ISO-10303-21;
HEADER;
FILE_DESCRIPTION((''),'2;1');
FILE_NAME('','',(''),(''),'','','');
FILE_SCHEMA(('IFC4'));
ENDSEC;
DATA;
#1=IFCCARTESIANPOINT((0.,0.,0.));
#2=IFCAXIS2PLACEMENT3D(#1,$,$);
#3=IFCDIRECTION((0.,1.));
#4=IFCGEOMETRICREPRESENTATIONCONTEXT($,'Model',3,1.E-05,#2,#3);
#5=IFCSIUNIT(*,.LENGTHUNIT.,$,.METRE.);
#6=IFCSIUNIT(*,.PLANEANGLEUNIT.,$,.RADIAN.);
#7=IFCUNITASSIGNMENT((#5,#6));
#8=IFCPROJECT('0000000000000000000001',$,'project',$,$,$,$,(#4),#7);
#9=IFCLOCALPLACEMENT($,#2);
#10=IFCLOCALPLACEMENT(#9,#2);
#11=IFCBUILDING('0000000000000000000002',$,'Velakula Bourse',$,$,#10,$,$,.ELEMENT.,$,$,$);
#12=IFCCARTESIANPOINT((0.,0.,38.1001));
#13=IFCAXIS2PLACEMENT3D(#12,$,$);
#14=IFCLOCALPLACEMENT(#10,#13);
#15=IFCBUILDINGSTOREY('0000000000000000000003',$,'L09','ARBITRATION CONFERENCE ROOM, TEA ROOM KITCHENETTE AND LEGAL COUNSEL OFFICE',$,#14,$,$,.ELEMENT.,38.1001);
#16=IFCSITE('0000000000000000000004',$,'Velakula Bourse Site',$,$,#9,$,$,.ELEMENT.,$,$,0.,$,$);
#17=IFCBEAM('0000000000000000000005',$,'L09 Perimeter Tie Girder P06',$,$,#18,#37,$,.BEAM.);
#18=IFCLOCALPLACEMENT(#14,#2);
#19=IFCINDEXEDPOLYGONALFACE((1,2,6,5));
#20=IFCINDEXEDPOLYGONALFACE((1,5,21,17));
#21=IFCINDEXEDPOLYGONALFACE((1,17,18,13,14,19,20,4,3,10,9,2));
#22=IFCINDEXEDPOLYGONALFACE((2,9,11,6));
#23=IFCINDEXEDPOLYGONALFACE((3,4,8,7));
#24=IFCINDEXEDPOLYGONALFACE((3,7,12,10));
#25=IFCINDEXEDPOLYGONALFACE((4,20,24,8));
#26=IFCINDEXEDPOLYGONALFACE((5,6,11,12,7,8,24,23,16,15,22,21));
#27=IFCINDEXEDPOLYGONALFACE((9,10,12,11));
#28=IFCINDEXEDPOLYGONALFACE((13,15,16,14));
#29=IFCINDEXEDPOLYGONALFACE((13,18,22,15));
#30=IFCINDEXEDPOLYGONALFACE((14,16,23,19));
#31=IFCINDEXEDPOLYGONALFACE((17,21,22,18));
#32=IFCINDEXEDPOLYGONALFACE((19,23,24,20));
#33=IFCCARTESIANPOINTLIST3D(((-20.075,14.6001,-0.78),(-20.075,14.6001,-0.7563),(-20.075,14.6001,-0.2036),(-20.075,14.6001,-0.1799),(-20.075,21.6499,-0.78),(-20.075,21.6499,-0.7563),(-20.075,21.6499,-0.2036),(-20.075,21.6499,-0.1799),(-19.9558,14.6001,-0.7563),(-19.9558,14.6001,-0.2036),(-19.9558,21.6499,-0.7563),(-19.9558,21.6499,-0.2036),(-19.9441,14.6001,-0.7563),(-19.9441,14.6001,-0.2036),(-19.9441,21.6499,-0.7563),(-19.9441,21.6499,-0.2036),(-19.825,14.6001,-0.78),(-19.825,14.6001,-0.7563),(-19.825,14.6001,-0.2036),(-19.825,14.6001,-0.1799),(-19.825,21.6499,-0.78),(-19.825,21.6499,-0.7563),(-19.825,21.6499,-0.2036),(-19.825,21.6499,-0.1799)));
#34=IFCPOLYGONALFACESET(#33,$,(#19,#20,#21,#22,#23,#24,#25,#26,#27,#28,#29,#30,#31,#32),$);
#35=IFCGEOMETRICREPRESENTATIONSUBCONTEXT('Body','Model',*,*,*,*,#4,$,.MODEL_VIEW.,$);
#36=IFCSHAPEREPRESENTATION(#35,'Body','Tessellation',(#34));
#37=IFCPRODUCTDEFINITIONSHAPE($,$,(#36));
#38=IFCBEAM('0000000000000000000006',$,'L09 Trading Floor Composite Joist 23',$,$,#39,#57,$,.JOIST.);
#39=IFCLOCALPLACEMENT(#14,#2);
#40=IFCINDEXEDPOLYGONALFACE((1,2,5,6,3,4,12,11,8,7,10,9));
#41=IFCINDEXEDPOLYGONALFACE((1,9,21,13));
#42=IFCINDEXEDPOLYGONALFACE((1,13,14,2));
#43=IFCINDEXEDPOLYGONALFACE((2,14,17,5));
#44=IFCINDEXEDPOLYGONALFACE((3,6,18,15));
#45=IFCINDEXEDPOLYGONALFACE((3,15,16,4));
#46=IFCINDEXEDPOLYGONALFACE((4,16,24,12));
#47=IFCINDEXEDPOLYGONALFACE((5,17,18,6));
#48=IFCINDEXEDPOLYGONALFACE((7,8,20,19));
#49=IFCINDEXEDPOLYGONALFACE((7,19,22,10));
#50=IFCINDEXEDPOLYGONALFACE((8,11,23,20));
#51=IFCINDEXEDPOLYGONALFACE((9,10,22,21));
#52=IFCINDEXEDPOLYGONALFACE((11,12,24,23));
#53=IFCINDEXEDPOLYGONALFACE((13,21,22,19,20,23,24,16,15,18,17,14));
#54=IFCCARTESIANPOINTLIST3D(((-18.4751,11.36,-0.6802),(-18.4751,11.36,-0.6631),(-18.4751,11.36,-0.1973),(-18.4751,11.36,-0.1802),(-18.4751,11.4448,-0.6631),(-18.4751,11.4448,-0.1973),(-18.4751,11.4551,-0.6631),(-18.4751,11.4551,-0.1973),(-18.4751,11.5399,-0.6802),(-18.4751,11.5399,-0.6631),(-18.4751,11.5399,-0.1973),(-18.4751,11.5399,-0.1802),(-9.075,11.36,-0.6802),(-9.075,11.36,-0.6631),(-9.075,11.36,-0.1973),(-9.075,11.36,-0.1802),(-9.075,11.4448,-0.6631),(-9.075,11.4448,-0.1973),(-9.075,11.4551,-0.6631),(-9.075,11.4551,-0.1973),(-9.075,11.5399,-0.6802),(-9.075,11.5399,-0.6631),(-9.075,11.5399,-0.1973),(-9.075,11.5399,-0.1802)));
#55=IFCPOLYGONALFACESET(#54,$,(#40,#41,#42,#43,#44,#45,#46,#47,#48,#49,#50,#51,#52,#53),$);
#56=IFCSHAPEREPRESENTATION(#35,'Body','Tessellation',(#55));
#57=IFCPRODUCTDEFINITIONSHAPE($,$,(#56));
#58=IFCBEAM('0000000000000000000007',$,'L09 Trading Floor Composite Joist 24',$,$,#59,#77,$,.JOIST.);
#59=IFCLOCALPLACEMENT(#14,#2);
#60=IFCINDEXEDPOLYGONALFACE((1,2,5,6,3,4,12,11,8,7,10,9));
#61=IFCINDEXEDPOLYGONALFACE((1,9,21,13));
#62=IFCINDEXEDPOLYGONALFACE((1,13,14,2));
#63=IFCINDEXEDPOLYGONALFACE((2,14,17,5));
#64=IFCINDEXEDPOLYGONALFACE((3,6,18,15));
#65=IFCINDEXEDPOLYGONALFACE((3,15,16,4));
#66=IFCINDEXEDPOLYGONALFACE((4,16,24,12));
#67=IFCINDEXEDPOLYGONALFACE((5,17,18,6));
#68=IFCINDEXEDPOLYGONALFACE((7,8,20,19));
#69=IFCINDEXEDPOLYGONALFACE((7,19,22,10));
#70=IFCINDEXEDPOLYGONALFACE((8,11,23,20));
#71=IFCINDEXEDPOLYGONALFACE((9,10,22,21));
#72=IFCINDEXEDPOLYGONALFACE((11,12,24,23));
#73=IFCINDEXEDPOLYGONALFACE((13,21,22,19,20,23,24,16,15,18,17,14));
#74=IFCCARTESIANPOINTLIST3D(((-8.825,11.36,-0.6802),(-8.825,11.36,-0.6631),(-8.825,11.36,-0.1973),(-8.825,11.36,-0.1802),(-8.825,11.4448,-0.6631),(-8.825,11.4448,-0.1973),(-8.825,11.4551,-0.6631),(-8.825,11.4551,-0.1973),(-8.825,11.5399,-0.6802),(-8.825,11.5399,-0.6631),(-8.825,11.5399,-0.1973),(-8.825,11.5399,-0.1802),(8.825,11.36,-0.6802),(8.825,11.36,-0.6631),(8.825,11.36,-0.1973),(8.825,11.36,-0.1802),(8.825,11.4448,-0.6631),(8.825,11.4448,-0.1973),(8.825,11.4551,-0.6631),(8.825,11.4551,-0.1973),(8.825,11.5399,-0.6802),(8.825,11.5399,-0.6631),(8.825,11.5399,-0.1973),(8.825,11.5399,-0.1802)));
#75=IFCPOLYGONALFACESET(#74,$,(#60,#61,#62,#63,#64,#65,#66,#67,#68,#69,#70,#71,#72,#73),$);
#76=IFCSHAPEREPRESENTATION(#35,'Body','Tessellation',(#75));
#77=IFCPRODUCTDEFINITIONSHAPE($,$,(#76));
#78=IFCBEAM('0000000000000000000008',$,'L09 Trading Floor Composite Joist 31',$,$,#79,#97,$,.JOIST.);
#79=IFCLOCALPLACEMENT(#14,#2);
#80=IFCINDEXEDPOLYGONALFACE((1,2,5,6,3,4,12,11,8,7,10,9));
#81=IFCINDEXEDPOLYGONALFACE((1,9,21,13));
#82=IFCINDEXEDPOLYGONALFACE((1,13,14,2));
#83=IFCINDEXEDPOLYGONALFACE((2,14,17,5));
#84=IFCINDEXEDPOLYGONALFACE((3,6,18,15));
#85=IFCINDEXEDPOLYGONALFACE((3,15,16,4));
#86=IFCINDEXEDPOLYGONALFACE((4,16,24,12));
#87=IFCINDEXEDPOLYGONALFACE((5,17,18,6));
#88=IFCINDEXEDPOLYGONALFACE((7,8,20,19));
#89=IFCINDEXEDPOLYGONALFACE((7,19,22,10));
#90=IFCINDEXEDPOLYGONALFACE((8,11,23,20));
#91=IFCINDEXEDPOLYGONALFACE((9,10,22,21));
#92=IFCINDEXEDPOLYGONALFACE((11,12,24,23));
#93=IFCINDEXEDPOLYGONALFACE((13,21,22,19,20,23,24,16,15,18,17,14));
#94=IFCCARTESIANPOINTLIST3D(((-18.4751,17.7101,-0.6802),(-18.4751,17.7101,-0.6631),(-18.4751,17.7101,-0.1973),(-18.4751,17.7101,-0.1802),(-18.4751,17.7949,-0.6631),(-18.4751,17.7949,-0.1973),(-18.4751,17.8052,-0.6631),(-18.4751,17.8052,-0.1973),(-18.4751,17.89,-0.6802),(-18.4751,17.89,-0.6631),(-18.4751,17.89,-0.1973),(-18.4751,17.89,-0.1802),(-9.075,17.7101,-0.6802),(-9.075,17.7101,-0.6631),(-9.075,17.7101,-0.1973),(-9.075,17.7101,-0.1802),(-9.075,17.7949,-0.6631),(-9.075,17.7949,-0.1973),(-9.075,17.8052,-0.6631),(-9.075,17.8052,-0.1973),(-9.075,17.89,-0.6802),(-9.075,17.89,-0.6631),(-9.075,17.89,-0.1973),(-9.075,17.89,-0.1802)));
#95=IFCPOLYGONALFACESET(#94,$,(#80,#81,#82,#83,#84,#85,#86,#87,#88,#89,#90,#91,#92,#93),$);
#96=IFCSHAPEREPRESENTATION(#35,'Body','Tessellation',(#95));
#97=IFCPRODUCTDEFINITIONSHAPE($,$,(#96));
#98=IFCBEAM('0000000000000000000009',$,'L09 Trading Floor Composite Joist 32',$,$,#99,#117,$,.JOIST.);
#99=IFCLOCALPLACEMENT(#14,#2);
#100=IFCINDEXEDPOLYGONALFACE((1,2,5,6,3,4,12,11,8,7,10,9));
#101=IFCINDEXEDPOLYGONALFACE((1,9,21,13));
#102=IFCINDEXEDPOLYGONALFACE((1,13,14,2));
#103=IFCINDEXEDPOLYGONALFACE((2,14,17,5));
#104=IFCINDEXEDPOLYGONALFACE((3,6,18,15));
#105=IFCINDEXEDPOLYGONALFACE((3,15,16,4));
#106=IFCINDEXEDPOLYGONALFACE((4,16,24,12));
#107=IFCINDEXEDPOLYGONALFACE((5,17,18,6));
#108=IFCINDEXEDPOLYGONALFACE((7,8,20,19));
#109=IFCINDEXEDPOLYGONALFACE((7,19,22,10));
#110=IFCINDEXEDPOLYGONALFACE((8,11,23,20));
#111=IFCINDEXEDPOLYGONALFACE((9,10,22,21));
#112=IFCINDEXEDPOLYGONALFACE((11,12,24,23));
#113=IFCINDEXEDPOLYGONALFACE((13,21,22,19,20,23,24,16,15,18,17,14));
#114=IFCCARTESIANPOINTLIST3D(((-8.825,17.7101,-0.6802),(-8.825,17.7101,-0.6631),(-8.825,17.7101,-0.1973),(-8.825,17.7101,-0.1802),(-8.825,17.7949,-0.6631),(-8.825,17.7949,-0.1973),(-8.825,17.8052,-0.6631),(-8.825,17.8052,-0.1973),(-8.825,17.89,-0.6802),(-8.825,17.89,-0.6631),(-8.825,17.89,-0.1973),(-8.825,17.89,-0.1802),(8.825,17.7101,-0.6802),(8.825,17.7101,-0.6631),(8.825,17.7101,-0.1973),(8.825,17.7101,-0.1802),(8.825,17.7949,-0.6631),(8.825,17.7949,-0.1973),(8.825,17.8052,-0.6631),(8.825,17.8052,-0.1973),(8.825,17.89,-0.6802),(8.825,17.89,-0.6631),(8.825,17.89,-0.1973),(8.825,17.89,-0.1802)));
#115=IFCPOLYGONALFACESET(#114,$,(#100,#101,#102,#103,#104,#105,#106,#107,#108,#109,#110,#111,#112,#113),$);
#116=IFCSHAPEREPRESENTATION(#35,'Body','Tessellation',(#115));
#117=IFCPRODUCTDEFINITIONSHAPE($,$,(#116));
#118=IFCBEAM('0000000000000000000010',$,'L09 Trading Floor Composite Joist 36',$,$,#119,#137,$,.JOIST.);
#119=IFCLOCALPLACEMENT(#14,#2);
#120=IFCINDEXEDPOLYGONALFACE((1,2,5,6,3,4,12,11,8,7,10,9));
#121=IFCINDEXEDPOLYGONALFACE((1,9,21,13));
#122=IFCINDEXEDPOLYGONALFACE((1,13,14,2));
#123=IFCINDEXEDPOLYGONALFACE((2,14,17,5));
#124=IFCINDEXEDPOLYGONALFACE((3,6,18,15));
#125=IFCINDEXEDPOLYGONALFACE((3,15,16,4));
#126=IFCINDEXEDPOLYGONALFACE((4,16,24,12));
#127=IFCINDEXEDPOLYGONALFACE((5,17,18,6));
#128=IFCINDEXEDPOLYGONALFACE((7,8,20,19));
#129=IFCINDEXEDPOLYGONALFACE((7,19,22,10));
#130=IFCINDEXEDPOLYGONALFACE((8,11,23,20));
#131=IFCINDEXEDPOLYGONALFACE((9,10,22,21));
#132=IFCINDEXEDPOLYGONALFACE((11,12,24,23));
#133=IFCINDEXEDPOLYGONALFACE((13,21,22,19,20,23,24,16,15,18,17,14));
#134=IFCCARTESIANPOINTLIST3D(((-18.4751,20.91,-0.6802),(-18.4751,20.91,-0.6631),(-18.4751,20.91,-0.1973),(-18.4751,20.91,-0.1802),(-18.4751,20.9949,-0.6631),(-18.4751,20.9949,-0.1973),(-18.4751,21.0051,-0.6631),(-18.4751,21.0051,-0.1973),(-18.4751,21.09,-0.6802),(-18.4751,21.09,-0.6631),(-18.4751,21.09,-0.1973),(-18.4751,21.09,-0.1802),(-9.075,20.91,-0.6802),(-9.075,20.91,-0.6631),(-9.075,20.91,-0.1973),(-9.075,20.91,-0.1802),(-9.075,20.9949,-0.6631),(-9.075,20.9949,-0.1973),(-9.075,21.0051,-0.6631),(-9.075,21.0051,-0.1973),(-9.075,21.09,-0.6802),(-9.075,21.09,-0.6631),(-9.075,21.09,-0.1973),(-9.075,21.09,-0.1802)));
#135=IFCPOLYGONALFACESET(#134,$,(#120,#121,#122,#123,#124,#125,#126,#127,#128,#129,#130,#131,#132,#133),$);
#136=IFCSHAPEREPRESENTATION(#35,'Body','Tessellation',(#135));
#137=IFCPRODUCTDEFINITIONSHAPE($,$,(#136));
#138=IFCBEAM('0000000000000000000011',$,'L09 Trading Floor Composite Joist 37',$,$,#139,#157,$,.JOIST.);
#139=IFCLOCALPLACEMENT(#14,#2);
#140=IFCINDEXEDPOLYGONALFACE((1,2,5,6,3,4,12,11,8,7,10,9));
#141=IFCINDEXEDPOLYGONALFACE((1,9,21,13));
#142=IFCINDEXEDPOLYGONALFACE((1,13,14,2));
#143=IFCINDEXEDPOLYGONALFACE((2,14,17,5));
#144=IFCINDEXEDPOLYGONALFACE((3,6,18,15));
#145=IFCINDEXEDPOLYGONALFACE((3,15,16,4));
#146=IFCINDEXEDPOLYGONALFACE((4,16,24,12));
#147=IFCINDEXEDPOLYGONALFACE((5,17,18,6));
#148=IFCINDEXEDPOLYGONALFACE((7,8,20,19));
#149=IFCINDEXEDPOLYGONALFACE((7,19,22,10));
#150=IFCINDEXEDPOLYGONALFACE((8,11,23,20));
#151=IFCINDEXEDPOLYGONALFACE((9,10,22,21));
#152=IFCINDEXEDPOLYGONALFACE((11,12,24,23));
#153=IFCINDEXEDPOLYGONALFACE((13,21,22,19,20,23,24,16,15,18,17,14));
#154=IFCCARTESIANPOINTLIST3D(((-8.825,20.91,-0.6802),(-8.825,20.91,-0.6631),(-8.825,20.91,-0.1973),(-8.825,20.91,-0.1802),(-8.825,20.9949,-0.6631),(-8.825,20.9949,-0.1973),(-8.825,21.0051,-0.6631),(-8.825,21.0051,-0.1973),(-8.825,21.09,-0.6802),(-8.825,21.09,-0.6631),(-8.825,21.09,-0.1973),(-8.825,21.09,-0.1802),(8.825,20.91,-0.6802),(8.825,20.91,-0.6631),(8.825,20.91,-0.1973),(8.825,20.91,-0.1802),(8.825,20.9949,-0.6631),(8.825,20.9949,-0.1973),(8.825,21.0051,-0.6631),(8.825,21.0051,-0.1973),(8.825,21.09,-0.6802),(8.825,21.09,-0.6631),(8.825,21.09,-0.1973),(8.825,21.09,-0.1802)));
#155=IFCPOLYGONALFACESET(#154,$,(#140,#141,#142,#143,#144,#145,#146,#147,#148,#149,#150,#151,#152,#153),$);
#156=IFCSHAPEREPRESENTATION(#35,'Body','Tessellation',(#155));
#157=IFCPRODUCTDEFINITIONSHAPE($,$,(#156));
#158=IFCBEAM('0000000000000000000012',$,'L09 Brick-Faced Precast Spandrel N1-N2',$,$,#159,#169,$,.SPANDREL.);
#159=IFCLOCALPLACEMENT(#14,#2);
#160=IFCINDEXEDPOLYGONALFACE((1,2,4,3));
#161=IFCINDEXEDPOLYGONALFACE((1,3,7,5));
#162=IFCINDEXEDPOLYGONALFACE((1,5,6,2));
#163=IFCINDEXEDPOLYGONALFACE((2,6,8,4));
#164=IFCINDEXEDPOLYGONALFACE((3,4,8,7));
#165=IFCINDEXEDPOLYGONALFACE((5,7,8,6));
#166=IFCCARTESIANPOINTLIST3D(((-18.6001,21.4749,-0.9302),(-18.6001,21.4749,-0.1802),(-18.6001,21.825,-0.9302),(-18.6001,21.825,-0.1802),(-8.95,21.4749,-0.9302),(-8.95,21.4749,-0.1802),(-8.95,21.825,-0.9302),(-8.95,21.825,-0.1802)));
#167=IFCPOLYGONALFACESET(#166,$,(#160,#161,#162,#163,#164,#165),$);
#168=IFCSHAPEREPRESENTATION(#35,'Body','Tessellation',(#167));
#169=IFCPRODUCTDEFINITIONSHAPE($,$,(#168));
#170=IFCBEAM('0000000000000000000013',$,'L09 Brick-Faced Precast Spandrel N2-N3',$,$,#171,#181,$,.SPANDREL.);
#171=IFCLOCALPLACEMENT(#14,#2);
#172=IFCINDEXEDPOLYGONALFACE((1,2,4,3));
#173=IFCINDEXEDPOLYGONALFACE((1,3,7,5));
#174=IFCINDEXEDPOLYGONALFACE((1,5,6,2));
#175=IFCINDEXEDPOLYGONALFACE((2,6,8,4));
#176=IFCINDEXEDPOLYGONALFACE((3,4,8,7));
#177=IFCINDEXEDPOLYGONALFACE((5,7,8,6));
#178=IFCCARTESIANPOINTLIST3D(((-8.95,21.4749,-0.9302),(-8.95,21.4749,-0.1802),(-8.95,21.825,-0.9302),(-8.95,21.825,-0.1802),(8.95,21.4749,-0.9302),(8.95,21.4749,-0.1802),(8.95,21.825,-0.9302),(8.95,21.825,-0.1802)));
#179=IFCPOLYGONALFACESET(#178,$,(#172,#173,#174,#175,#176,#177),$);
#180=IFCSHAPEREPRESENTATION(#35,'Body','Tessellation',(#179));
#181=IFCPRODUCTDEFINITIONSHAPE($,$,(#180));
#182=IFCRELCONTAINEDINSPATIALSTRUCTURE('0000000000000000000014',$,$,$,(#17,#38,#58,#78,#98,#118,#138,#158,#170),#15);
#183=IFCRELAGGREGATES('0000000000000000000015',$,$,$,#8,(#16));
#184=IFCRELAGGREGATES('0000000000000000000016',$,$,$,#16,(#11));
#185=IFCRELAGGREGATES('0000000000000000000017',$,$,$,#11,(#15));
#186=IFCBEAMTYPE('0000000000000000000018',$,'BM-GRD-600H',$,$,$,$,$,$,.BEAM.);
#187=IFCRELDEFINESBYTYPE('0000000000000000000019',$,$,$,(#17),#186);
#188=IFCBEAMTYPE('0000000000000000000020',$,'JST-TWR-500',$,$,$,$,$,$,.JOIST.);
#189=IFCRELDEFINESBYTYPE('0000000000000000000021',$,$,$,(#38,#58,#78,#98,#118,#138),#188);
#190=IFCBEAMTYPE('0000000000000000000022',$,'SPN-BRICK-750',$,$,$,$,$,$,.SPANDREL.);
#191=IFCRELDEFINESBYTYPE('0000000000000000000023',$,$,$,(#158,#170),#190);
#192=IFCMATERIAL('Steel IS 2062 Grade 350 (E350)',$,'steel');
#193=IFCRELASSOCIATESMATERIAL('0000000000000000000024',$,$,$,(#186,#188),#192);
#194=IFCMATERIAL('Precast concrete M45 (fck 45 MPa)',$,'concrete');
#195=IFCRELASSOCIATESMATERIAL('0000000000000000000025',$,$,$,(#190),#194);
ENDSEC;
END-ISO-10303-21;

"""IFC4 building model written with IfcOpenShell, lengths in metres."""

from ifc_helpers import new_model, si_unit, direction, frame, origin, origin_2d, place, context, subcontext, project, spatial, rectangle, i_section, extrude, material, material_profile, profile_set, type_object, element, save


model = new_model("IFC4")

# Units and contexts
model_context = context("Model", 3, precision=1e-05, world=origin(), true_north=direction((0.0, 1.0)))
body_context = subcontext(model_context, "Body", "Model", "MODEL_VIEW")
ifc_project = project(units=[si_unit("LENGTHUNIT", "METRE"), si_unit("PLANEANGLEUNIT", "RADIAN")], contexts=[model_context])

# Site, building, storey
site_placement = place(None, origin())
site = spatial("IfcSite", under=ifc_project, at=site_placement, Name="Velakula Bourse Site", CompositionType="ELEMENT", RefElevation=0.0)
building_placement = place(site_placement, origin())
building = spatial("IfcBuilding", under=site, at=building_placement, Name="Velakula Bourse", CompositionType="ELEMENT")
storey_placement = place(building_placement, frame((0.0, 0.0, 38.1001)))
storey = spatial("IfcBuildingStorey", under=building, at=storey_placement, Name="L09", Description="ARBITRATION CONFERENCE ROOM, TEA ROOM KITCHENETTE AND LEGAL COUNSEL OFFICE", CompositionType="ELEMENT", Elevation=38.1001)

# Shared definitions
ifc_material_1 = material(Name="Precast concrete M45 (fck 45 MPa)", Category="concrete")

# Beams
ifc_material_2 = material(Name="Steel IS 2062 Grade 350 (E350)", Category="steel")
ifc_material_profile_1 = material_profile(ifc_material_2, i_section(OverallWidth=0.25, OverallDepth=0.6001, WebThickness=0.0117, FlangeThickness=0.0237, at=origin_2d()), Name="Steel IS 2062 Grade 350 (E350)")
ifc_profile_set_1 = profile_set([ifc_material_profile_1], Name="Steel IS 2062 Grade 350 (E350)")
beam_type_1 = type_object("IfcBeamType", Name="BM-GRD-600H", PredefinedType="BEAM", material=ifc_profile_set_1)
for number, where, z_axis, x_axis, name in (
    (1, (-19.95, 14.6001, -0.48), (0.0, 1.0, 0.0), (-1.0, 0.0, 0.0), "L09 Perimeter Tie Girder P06"),
):
    element("IfcBeam", number, at=place(storey_placement, frame(where, z_axis=z_axis, x_axis=x_axis)), inside=storey, type_object=beam_type_1, Name=name, PredefinedType="BEAM", context=body_context, shape_type="SweptSolid", body=[
        extrude(i_section(OverallWidth=0.25, OverallDepth=0.6001, WebThickness=0.0117, FlangeThickness=0.0237, at=origin_2d()), origin(), (0.0, 0.0, 1.0), 7.0498),
    ])
ifc_material_profile_2 = material_profile(ifc_material_2, i_section(OverallWidth=0.1799, OverallDepth=0.5, WebThickness=0.0103, FlangeThickness=0.0171, at=origin_2d()), Name="Steel IS 2062 Grade 350 (E350)")
ifc_profile_set_2 = profile_set([ifc_material_profile_2], Name="Steel IS 2062 Grade 350 (E350)")
beam_type_2 = type_object("IfcBeamType", Name="JST-TWR-500", PredefinedType="JOIST", material=ifc_profile_set_2)
beam_1_placement = place(storey_placement, frame((-18.4751, 11.45, -0.4302), z_axis=(1.0, 0.0, 0.0), x_axis=(0.0, 1.0, 0.0)))
element("IfcBeam", 2, at=beam_1_placement, inside=storey, type_object=beam_type_2, Name="L09 Trading Floor Composite Joist 23", PredefinedType="JOIST", context=body_context, shape_type="SweptSolid", body=[
    extrude(i_section(OverallWidth=0.1799, OverallDepth=0.5, WebThickness=0.0103, FlangeThickness=0.0171, at=origin_2d()), origin(), (0.0, 0.0, 1.0), 9.4001),
])
beam_2_placement = place(storey_placement, frame((-8.825, 11.45, -0.4302), z_axis=(1.0, 0.0, 0.0), x_axis=(0.0, 1.0, 0.0)))
element("IfcBeam", 3, at=beam_2_placement, inside=storey, type_object=beam_type_2, Name="L09 Trading Floor Composite Joist 24", PredefinedType="JOIST", context=body_context, shape_type="SweptSolid", body=[
    extrude(i_section(OverallWidth=0.1799, OverallDepth=0.5, WebThickness=0.0103, FlangeThickness=0.0171, at=origin_2d()), origin(), (0.0, 0.0, 1.0), 17.6499),
])
beam_3_placement = place(storey_placement, frame((-18.4751, 17.8, -0.4302), z_axis=(1.0, 0.0, 0.0), x_axis=(0.0, 1.0, 0.0)))
element("IfcBeam", 4, at=beam_3_placement, inside=storey, type_object=beam_type_2, Name="L09 Trading Floor Composite Joist 31", PredefinedType="JOIST", context=body_context, shape_type="SweptSolid", body=[
    extrude(i_section(OverallWidth=0.1799, OverallDepth=0.5, WebThickness=0.0103, FlangeThickness=0.0171, at=origin_2d()), origin(), (0.0, 0.0, 1.0), 9.4001),
])
beam_4_placement = place(storey_placement, frame((-8.825, 17.8, -0.4302), z_axis=(1.0, 0.0, 0.0), x_axis=(0.0, 1.0, 0.0)))
element("IfcBeam", 5, at=beam_4_placement, inside=storey, type_object=beam_type_2, Name="L09 Trading Floor Composite Joist 32", PredefinedType="JOIST", context=body_context, shape_type="SweptSolid", body=[
    extrude(i_section(OverallWidth=0.1799, OverallDepth=0.5, WebThickness=0.0103, FlangeThickness=0.0171, at=origin_2d()), origin(), (0.0, 0.0, 1.0), 17.6499),
])
beam_5_placement = place(storey_placement, frame((-18.4751, 21.0, -0.4302), z_axis=(1.0, 0.0, 0.0), x_axis=(0.0, 1.0, 0.0)))
element("IfcBeam", 6, at=beam_5_placement, inside=storey, type_object=beam_type_2, Name="L09 Trading Floor Composite Joist 36", PredefinedType="JOIST", context=body_context, shape_type="SweptSolid", body=[
    extrude(i_section(OverallWidth=0.1799, OverallDepth=0.5, WebThickness=0.0103, FlangeThickness=0.0171, at=origin_2d()), origin(), (0.0, 0.0, 1.0), 9.4001),
])
beam_6_placement = place(storey_placement, frame((-8.825, 21.0, -0.4302), z_axis=(1.0, 0.0, 0.0), x_axis=(0.0, 1.0, 0.0)))
element("IfcBeam", 7, at=beam_6_placement, inside=storey, type_object=beam_type_2, Name="L09 Trading Floor Composite Joist 37", PredefinedType="JOIST", context=body_context, shape_type="SweptSolid", body=[
    extrude(i_section(OverallWidth=0.1799, OverallDepth=0.5, WebThickness=0.0103, FlangeThickness=0.0171, at=origin_2d()), origin(), (0.0, 0.0, 1.0), 17.6499),
])
ifc_material_profile_3 = material_profile(ifc_material_1, rectangle(XDim=0.3501, YDim=0.75, at=origin_2d()), Name="Precast concrete M45 (fck 45 MPa)")
ifc_profile_set_3 = profile_set([ifc_material_profile_3], Name="Precast concrete M45 (fck 45 MPa)")
beam_type_3 = type_object("IfcBeamType", Name="SPN-BRICK-750", PredefinedType="SPANDREL", material=ifc_profile_set_3)
beam_7_placement = place(storey_placement, frame((-18.6001, 21.6499, -0.5552), z_axis=(1.0, 0.0, 0.0), x_axis=(0.0, 1.0, 0.0)))
element("IfcBeam", 8, at=beam_7_placement, inside=storey, type_object=beam_type_3, Name="L09 Brick-Faced Precast Spandrel N1-N2", PredefinedType="SPANDREL", context=body_context, shape_type="SweptSolid", body=[
    extrude(rectangle(XDim=0.3501, YDim=0.75, at=origin_2d()), origin(), (0.0, 0.0, 1.0), 9.6501),
])
beam_8_placement = place(storey_placement, frame((-8.95, 21.6499, -0.5552), z_axis=(1.0, 0.0, 0.0), x_axis=(0.0, 1.0, 0.0)))
element("IfcBeam", 9, at=beam_8_placement, inside=storey, type_object=beam_type_3, Name="L09 Brick-Faced Precast Spandrel N2-N3", PredefinedType="SPANDREL", context=body_context, shape_type="SweptSolid", body=[
    extrude(rectangle(XDim=0.3501, YDim=0.75, at=origin_2d()), origin(), (0.0, 0.0, 1.0), 17.8999),
])

save(model, "model.ifc")
